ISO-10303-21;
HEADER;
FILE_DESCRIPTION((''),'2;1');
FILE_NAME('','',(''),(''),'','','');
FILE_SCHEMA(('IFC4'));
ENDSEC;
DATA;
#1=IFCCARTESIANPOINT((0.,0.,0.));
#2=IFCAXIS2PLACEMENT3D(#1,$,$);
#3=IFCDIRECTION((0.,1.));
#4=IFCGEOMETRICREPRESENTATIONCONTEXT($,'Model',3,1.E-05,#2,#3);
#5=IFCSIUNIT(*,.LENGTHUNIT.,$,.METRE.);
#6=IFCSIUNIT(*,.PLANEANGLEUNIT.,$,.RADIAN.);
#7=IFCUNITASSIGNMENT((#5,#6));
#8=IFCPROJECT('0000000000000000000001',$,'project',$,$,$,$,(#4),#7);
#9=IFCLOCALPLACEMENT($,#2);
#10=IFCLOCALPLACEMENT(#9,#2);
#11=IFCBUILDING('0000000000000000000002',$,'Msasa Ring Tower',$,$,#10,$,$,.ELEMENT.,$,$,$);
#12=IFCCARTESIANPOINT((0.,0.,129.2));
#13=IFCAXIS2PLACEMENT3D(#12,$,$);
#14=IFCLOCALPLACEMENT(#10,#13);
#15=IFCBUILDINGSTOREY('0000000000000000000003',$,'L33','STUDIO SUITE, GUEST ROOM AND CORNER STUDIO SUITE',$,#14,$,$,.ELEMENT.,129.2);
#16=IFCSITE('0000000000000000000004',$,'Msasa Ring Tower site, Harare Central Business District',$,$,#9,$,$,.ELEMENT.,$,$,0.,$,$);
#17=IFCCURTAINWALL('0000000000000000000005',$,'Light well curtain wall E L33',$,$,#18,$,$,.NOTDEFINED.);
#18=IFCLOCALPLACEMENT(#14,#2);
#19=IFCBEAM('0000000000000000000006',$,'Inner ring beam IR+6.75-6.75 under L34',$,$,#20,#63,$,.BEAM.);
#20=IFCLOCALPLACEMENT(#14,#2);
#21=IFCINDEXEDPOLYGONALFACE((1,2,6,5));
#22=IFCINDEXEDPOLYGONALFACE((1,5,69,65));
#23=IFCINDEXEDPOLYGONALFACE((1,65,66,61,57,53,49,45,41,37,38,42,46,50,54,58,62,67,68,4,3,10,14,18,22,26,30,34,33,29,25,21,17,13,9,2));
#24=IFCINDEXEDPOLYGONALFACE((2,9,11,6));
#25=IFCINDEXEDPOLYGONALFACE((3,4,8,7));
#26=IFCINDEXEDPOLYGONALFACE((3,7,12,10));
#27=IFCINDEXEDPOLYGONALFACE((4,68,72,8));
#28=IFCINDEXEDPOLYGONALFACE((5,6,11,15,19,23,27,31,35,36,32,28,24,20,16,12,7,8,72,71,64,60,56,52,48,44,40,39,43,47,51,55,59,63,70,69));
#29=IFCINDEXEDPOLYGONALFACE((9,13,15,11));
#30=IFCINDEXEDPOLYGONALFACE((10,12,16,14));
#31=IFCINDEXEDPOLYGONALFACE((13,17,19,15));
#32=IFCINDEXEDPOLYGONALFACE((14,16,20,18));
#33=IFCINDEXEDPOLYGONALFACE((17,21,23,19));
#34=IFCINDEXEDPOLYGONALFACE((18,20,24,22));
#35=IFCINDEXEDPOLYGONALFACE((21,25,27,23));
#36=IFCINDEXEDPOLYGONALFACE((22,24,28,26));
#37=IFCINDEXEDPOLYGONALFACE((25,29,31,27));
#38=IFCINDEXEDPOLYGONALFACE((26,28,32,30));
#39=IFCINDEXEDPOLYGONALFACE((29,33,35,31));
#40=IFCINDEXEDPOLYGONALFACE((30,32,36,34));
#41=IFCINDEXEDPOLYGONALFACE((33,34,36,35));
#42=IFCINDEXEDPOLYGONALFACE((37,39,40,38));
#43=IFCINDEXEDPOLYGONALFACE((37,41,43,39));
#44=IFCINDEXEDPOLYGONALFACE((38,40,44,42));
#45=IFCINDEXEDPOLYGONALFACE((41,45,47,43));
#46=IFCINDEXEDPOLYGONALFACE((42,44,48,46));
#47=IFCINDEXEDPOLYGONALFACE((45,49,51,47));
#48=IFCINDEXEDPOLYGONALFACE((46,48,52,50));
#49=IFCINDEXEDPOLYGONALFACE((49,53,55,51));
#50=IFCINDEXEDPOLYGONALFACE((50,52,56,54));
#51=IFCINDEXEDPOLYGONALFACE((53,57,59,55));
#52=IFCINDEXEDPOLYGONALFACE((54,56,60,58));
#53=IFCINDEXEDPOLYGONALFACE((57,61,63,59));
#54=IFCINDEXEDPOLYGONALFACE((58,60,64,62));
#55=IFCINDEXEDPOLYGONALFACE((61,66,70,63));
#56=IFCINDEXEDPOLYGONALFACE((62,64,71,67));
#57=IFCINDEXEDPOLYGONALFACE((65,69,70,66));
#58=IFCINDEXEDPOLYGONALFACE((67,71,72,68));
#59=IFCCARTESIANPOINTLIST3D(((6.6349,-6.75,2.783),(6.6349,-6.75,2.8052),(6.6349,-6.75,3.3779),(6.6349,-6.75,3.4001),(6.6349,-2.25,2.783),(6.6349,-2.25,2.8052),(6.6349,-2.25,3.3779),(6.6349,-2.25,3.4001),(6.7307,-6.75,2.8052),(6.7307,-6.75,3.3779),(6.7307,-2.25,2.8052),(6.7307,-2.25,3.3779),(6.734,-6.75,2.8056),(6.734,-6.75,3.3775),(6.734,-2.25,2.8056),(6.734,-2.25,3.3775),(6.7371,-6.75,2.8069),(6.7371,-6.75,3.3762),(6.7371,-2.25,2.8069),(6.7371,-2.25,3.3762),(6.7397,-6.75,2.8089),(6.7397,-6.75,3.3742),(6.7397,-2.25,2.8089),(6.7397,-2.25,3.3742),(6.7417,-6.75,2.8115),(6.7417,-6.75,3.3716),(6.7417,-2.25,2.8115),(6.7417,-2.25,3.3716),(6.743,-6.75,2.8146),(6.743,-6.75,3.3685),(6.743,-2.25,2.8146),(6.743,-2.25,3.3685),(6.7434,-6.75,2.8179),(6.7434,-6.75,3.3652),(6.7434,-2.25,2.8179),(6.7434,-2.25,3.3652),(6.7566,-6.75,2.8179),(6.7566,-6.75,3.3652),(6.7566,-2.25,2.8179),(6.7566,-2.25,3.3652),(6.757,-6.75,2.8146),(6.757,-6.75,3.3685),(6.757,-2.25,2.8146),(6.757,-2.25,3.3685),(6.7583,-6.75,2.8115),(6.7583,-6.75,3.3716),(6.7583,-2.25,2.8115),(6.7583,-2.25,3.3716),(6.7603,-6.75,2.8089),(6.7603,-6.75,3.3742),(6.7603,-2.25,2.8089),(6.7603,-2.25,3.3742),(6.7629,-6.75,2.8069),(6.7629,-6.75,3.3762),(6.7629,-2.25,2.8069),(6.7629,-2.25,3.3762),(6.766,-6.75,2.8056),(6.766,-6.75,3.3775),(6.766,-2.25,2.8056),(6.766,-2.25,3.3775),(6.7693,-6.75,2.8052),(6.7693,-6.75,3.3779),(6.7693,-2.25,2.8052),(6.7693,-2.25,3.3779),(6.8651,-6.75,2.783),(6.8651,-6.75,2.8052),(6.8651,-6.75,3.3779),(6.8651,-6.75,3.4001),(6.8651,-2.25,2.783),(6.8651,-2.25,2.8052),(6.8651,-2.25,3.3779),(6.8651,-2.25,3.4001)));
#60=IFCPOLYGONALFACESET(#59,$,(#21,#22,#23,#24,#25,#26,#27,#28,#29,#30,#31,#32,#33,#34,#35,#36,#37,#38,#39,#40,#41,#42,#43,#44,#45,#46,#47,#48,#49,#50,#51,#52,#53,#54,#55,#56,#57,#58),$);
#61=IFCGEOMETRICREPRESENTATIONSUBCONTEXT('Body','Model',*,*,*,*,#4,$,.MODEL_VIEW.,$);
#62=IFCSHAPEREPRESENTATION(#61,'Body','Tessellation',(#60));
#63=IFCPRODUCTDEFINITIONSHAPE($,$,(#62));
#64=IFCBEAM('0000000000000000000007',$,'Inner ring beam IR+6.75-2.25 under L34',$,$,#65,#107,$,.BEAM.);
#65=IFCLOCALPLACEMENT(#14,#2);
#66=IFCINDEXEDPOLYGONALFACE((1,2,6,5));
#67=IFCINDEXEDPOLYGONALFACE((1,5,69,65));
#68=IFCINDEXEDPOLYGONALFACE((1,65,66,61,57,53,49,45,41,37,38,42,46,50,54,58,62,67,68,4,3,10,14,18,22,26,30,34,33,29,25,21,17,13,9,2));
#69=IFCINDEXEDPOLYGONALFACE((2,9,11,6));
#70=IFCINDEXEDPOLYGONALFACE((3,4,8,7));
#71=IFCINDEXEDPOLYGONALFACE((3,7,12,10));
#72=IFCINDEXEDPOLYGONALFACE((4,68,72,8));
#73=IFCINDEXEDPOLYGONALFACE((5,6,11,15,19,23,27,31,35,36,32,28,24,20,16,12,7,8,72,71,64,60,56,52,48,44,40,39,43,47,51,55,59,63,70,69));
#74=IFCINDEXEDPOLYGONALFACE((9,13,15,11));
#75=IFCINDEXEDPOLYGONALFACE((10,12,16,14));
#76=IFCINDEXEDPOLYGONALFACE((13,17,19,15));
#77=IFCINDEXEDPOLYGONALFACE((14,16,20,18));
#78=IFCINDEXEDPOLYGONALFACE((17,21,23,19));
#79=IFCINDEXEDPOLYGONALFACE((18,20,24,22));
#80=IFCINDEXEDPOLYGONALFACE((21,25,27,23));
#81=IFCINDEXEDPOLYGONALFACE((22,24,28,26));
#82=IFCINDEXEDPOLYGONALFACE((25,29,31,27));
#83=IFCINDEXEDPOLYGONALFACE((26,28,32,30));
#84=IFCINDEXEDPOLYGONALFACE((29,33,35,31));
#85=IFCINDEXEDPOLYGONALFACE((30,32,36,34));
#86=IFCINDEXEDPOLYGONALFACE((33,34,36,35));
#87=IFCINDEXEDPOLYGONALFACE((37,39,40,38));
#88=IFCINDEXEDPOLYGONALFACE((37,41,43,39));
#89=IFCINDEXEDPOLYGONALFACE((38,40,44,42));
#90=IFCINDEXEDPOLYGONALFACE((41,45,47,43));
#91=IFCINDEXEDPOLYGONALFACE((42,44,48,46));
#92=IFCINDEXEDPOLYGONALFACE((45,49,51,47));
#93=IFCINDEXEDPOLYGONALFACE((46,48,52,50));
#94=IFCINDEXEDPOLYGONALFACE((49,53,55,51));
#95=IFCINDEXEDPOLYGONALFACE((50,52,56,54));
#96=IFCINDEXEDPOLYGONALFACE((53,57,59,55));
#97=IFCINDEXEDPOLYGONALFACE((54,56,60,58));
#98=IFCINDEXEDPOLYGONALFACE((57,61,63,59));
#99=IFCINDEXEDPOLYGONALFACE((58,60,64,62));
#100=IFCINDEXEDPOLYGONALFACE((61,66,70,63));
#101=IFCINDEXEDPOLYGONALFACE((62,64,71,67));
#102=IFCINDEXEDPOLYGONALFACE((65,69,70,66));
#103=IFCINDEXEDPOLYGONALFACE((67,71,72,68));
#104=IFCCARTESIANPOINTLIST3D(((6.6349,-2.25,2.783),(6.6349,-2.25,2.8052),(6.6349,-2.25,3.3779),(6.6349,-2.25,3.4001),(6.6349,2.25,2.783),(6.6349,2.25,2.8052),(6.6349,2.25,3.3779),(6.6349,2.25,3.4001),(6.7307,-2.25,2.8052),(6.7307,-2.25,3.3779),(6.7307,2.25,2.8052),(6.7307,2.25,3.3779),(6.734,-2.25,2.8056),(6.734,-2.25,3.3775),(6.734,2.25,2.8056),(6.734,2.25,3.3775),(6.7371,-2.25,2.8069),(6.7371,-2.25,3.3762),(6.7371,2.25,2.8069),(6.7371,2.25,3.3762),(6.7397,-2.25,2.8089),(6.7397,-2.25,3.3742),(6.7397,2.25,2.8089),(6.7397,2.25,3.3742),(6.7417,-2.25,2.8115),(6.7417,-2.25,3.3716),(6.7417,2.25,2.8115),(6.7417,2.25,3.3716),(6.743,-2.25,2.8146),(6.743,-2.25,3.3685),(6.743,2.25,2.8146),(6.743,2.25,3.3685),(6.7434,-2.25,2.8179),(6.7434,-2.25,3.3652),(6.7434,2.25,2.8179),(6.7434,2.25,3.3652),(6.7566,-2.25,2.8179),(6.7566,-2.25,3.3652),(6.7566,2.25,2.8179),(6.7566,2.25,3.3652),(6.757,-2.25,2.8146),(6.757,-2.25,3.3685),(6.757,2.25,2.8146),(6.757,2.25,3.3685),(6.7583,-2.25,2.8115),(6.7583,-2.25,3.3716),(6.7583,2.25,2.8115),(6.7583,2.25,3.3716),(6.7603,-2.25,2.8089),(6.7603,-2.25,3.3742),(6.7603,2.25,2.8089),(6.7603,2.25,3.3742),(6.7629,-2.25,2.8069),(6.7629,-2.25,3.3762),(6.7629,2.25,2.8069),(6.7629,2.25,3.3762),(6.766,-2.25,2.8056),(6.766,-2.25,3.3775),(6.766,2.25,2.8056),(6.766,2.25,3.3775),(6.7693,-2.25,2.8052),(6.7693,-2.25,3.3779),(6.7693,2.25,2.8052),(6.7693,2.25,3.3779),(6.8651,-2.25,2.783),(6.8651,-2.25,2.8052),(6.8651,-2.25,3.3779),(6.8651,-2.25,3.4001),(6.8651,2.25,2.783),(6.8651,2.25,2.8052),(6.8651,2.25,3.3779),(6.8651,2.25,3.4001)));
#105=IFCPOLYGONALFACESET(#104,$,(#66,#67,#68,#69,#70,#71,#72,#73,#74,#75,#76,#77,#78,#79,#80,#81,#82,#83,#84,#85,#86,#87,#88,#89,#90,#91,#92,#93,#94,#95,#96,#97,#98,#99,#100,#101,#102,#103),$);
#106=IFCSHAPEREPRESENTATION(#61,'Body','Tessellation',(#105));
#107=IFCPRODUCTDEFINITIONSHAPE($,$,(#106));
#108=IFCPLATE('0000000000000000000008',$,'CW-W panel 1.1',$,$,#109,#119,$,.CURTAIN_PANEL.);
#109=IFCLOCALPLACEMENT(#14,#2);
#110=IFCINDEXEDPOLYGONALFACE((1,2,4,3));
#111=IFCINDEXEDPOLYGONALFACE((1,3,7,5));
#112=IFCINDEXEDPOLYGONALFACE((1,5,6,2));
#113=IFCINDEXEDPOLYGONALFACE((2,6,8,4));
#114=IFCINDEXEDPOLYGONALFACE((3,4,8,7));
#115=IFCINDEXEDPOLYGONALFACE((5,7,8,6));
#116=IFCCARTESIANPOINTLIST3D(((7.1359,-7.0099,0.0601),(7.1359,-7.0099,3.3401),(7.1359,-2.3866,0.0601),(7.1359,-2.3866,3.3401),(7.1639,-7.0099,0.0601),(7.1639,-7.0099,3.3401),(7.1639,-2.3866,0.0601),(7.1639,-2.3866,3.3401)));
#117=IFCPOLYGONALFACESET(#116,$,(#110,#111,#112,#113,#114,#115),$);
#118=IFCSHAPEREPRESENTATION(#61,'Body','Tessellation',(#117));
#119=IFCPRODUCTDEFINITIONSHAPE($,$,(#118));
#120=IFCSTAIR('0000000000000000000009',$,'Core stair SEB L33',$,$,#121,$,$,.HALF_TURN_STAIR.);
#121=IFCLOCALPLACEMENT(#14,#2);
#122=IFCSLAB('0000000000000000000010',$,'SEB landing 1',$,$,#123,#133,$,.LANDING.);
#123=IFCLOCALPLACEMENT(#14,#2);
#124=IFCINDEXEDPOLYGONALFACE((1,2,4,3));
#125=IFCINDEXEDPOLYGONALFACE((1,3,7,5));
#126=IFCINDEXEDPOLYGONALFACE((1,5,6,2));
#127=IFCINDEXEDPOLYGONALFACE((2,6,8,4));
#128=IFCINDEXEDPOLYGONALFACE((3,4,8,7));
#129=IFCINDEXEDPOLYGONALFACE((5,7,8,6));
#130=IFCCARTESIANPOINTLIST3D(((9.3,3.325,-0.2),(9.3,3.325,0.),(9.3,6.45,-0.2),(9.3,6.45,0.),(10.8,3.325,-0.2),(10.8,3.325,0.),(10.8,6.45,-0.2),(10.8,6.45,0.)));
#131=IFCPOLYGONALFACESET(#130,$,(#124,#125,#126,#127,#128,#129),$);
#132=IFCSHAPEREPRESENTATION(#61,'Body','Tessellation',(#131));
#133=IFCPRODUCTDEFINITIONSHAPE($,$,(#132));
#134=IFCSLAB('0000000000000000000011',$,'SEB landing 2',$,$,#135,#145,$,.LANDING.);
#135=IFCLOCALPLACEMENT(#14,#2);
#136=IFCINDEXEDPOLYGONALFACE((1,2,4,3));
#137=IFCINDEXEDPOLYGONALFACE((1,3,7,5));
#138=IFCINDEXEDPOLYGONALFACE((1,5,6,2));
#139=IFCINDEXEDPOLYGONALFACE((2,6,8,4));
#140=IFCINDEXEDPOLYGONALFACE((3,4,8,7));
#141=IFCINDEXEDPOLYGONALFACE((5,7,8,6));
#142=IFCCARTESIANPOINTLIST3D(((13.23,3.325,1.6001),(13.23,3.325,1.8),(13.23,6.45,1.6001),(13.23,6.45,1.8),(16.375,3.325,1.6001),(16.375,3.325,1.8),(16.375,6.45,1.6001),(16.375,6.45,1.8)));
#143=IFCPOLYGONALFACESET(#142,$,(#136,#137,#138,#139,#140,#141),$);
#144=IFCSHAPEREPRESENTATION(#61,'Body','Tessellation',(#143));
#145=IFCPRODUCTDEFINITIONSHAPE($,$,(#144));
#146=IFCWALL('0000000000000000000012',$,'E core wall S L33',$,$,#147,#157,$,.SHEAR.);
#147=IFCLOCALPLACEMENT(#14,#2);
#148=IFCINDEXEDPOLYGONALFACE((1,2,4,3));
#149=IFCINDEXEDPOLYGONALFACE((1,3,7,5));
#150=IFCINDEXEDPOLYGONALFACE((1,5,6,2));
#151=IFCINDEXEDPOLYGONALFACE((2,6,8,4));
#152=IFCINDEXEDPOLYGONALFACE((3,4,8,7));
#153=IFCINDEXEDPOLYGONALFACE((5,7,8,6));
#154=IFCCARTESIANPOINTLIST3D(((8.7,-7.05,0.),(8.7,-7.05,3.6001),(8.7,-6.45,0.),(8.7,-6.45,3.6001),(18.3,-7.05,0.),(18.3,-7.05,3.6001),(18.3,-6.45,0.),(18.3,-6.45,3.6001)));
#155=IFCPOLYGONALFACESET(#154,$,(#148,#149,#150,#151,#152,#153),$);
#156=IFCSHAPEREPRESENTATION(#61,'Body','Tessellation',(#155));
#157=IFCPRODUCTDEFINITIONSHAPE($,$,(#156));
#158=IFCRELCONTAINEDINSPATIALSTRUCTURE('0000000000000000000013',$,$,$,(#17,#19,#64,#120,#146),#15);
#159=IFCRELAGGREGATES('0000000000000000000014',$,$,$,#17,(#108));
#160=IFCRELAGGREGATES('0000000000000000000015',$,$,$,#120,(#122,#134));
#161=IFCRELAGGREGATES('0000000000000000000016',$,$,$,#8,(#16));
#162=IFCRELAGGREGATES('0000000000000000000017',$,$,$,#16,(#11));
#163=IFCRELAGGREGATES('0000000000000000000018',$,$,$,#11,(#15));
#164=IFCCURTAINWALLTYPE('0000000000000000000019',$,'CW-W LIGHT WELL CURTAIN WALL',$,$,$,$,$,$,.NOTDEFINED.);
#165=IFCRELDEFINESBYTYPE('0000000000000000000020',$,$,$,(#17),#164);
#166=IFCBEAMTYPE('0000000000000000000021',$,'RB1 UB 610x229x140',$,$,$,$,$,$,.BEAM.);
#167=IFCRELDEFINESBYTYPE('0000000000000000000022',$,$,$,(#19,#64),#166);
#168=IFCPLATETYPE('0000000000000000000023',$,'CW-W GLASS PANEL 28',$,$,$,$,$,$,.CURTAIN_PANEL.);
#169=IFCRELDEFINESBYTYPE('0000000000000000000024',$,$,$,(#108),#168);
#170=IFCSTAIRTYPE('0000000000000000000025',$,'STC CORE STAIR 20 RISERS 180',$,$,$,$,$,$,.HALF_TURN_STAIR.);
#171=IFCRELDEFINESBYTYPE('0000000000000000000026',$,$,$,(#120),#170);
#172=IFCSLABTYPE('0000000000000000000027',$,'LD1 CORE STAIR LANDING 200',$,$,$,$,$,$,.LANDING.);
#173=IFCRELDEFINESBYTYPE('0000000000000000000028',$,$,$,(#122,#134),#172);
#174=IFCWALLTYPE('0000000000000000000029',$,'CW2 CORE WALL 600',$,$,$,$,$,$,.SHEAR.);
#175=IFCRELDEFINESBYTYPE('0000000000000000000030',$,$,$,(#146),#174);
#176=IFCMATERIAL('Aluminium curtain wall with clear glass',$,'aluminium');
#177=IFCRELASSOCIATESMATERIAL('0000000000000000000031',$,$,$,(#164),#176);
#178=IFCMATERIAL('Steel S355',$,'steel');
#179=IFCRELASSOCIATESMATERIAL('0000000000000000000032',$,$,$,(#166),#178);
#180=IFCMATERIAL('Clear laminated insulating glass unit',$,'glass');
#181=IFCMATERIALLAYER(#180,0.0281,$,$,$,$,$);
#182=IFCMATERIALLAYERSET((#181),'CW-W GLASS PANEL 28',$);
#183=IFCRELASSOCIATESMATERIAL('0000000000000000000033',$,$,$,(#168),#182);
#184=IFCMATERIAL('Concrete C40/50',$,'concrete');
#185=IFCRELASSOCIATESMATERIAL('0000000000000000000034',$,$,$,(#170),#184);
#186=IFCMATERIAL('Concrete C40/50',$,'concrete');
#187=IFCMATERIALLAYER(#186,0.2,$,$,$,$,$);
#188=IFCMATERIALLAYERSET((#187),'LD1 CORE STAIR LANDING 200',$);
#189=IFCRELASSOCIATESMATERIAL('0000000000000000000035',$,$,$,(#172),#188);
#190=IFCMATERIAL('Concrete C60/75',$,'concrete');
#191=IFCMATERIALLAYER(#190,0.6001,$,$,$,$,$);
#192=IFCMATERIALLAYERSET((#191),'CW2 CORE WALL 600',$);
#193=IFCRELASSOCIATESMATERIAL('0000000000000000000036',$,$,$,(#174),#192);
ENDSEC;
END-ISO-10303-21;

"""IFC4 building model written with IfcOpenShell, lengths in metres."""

from ifc_helpers import new_model, si_unit, direction, frame, frame_2d, origin, origin_2d, place, context, subcontext, project, spatial, polyline, rectangle, i_section, outline, extrude, material, layer, layer_set, material_profile, profile_set, type_object, element, aggregate, save


model = new_model("IFC4")

# Units and contexts
model_context = context("Model", 3, precision=1e-05, world=origin(), true_north=direction((0.0, 1.0)))
body_context = subcontext(model_context, "Body", "Model", "MODEL_VIEW")
ifc_project = project(units=[si_unit("LENGTHUNIT", "METRE"), si_unit("PLANEANGLEUNIT", "RADIAN")], contexts=[model_context])

# Site, building, storey
site_placement = place(None, origin())
site = spatial("IfcSite", under=ifc_project, at=site_placement, Name="Msasa Ring Tower site, Harare Central Business District", CompositionType="ELEMENT", RefElevation=0.0)
building_placement = place(site_placement, origin())
building = spatial("IfcBuilding", under=site, at=building_placement, Name="Msasa Ring Tower", CompositionType="ELEMENT")
storey_placement = place(building_placement, frame((0.0, 0.0, 129.2)))
storey = spatial("IfcBuildingStorey", under=building, at=storey_placement, Name="L33", Description="STUDIO SUITE, GUEST ROOM AND CORNER STUDIO SUITE", CompositionType="ELEMENT", Elevation=129.2)

# Shared definitions
ifc_material_1 = material(Name="Aluminium curtain wall with clear glass", Category="aluminium")
curtain_wall_type = type_object("IfcCurtainWallType", Name="CW-W LIGHT WELL CURTAIN WALL", PredefinedType="NOTDEFINED", material=ifc_material_1)

# Curtain wall
curtain_wall_1_placement = place(storey_placement, origin())
curtain_wall_1 = element("IfcCurtainWall", 1, at=curtain_wall_1_placement, inside=storey, type_object=curtain_wall_type, Name="Light well curtain wall E L33", PredefinedType="NOTDEFINED")

# Beams
ifc_material_2 = material(Name="Steel S355", Category="steel")
ifc_material_profile_1 = material_profile(ifc_material_2, i_section(OverallWidth=0.2302, OverallDepth=0.6172, WebThickness=0.0132, FlangeThickness=0.0222, FilletRadius=0.0127, at=origin_2d()), Name="UB 610x229x140")
ifc_profile_set_1 = profile_set([ifc_material_profile_1], Name="Steel S355")
beam_type = type_object("IfcBeamType", Name="RB1 UB 610x229x140", PredefinedType="BEAM", material=ifc_profile_set_1)
for number, where, z_axis, x_axis, name in (
    (2, (6.75, -6.75, 3.0916), (0.0, 1.0, 0.0), (-1.0, 0.0, 0.0), "Inner ring beam IR+6.75-6.75 under L34"),
    (3, (6.75, -2.25, 3.0916), (0.0, 1.0, 0.0), (-1.0, 0.0, 0.0), "Inner ring beam IR+6.75-2.25 under L34"),
):
    element("IfcBeam", number, at=place(storey_placement, frame(where, z_axis=z_axis, x_axis=x_axis)), inside=storey, type_object=beam_type, Name=name, PredefinedType="BEAM", context=body_context, shape_type="SweptSolid", body=[
        extrude(i_section(OverallWidth=0.2302, OverallDepth=0.6172, WebThickness=0.0132, FlangeThickness=0.0222, FilletRadius=0.0127, at=origin_2d()), origin(), (0.0, 0.0, 1.0), 4.5),
    ])

# Plate
ifc_material_3 = material(Name="Clear laminated insulating glass unit", Category="glass")
ifc_layer_1 = layer(ifc_material_3, 0.0281)
ifc_layer_set_1 = layer_set([ifc_layer_1], Name="CW-W GLASS PANEL 28")
plate_type = type_object("IfcPlateType", Name="CW-W GLASS PANEL 28", PredefinedType="CURTAIN_PANEL", material=ifc_layer_set_1)
plate_placement = place(storey_placement, frame((7.1499, -4.6982, 0.0601), z_axis=(0.0, 0.0, 1.0), x_axis=(0.0, 1.0, 0.0)))
plate = element("IfcPlate", 4, at=plate_placement, type_object=plate_type, Name="CW-W panel 1.1", PredefinedType="CURTAIN_PANEL", context=body_context, shape_type="SweptSolid", body=[
    extrude(rectangle(XDim=4.6233, YDim=0.0281, at=origin_2d()), origin(), (0.0, 0.0, 1.0), 3.28),
])
aggregate(curtain_wall_1, [plate])

# Stair, slabs
ifc_material_4 = material(Name="Concrete C40/50", Category="concrete")
stair_type = type_object("IfcStairType", Name="STC CORE STAIR 20 RISERS 180", PredefinedType="HALF_TURN_STAIR", material=ifc_material_4)
stair_1_placement = place(storey_placement, origin())
stair_1 = element("IfcStair", 5, at=stair_1_placement, inside=storey, type_object=stair_type, Name="Core stair SEB L33", PredefinedType="HALF_TURN_STAIR")
ifc_material_5 = material(Name="Concrete C40/50", Category="concrete")
ifc_layer_2 = layer(ifc_material_5, 0.2)
ifc_layer_set_2 = layer_set([ifc_layer_2], Name="LD1 CORE STAIR LANDING 200")
slab_type = type_object("IfcSlabType", Name="LD1 CORE STAIR LANDING 200", PredefinedType="LANDING", material=ifc_layer_set_2)
slab_1_placement = place(storey_placement, frame((0.0, 0.0, -0.2)))
slab_1 = element("IfcSlab", 6, at=slab_1_placement, type_object=slab_type, Name="SEB landing 1", PredefinedType="LANDING", context=body_context, shape_type="SweptSolid", body=[
    extrude(outline(polyline([(9.3, 3.325), (10.8, 3.325), (10.8, 6.45), (9.3, 6.45), (9.3, 3.325)])), origin(), (0.0, 0.0, 1.0), 0.2),
])
slab_2_placement = place(storey_placement, frame((0.0, 0.0, 1.6001)))
slab_2 = element("IfcSlab", 7, at=slab_2_placement, type_object=slab_type, Name="SEB landing 2", PredefinedType="LANDING", context=body_context, shape_type="SweptSolid", body=[
    extrude(outline(polyline([(13.23, 3.325), (16.375, 3.325), (16.375, 6.45), (13.23, 6.45), (13.23, 3.325)])), origin(), (0.0, 0.0, 1.0), 0.2),
])
aggregate(stair_1, [slab_1, slab_2])

# Wall
ifc_material_6 = material(Name="Concrete C60/75", Category="concrete")
ifc_layer_3 = layer(ifc_material_6, 0.6001)
ifc_layer_set_3 = layer_set([ifc_layer_3], Name="CW2 CORE WALL 600")
wall_type_1 = type_object("IfcWallType", Name="CW2 CORE WALL 600", PredefinedType="SHEAR", material=ifc_layer_set_3)
wall_1_placement = place(storey_placement, frame((8.7, -6.75, 0.0), z_axis=(0.0, 0.0, 1.0), x_axis=(1.0, 0.0, 0.0)))
element("IfcWall", 8, at=wall_1_placement, inside=storey, type_object=wall_type_1, Name="E core wall S L33", PredefinedType="SHEAR", context=body_context, shape_type="SweptSolid", body=[
    extrude(rectangle(XDim=9.6001, YDim=0.6001, at=frame_2d((4.8, 0.0))), origin(), (0.0, 0.0, 1.0), 3.6001),
])

save(model, "model.ifc")
